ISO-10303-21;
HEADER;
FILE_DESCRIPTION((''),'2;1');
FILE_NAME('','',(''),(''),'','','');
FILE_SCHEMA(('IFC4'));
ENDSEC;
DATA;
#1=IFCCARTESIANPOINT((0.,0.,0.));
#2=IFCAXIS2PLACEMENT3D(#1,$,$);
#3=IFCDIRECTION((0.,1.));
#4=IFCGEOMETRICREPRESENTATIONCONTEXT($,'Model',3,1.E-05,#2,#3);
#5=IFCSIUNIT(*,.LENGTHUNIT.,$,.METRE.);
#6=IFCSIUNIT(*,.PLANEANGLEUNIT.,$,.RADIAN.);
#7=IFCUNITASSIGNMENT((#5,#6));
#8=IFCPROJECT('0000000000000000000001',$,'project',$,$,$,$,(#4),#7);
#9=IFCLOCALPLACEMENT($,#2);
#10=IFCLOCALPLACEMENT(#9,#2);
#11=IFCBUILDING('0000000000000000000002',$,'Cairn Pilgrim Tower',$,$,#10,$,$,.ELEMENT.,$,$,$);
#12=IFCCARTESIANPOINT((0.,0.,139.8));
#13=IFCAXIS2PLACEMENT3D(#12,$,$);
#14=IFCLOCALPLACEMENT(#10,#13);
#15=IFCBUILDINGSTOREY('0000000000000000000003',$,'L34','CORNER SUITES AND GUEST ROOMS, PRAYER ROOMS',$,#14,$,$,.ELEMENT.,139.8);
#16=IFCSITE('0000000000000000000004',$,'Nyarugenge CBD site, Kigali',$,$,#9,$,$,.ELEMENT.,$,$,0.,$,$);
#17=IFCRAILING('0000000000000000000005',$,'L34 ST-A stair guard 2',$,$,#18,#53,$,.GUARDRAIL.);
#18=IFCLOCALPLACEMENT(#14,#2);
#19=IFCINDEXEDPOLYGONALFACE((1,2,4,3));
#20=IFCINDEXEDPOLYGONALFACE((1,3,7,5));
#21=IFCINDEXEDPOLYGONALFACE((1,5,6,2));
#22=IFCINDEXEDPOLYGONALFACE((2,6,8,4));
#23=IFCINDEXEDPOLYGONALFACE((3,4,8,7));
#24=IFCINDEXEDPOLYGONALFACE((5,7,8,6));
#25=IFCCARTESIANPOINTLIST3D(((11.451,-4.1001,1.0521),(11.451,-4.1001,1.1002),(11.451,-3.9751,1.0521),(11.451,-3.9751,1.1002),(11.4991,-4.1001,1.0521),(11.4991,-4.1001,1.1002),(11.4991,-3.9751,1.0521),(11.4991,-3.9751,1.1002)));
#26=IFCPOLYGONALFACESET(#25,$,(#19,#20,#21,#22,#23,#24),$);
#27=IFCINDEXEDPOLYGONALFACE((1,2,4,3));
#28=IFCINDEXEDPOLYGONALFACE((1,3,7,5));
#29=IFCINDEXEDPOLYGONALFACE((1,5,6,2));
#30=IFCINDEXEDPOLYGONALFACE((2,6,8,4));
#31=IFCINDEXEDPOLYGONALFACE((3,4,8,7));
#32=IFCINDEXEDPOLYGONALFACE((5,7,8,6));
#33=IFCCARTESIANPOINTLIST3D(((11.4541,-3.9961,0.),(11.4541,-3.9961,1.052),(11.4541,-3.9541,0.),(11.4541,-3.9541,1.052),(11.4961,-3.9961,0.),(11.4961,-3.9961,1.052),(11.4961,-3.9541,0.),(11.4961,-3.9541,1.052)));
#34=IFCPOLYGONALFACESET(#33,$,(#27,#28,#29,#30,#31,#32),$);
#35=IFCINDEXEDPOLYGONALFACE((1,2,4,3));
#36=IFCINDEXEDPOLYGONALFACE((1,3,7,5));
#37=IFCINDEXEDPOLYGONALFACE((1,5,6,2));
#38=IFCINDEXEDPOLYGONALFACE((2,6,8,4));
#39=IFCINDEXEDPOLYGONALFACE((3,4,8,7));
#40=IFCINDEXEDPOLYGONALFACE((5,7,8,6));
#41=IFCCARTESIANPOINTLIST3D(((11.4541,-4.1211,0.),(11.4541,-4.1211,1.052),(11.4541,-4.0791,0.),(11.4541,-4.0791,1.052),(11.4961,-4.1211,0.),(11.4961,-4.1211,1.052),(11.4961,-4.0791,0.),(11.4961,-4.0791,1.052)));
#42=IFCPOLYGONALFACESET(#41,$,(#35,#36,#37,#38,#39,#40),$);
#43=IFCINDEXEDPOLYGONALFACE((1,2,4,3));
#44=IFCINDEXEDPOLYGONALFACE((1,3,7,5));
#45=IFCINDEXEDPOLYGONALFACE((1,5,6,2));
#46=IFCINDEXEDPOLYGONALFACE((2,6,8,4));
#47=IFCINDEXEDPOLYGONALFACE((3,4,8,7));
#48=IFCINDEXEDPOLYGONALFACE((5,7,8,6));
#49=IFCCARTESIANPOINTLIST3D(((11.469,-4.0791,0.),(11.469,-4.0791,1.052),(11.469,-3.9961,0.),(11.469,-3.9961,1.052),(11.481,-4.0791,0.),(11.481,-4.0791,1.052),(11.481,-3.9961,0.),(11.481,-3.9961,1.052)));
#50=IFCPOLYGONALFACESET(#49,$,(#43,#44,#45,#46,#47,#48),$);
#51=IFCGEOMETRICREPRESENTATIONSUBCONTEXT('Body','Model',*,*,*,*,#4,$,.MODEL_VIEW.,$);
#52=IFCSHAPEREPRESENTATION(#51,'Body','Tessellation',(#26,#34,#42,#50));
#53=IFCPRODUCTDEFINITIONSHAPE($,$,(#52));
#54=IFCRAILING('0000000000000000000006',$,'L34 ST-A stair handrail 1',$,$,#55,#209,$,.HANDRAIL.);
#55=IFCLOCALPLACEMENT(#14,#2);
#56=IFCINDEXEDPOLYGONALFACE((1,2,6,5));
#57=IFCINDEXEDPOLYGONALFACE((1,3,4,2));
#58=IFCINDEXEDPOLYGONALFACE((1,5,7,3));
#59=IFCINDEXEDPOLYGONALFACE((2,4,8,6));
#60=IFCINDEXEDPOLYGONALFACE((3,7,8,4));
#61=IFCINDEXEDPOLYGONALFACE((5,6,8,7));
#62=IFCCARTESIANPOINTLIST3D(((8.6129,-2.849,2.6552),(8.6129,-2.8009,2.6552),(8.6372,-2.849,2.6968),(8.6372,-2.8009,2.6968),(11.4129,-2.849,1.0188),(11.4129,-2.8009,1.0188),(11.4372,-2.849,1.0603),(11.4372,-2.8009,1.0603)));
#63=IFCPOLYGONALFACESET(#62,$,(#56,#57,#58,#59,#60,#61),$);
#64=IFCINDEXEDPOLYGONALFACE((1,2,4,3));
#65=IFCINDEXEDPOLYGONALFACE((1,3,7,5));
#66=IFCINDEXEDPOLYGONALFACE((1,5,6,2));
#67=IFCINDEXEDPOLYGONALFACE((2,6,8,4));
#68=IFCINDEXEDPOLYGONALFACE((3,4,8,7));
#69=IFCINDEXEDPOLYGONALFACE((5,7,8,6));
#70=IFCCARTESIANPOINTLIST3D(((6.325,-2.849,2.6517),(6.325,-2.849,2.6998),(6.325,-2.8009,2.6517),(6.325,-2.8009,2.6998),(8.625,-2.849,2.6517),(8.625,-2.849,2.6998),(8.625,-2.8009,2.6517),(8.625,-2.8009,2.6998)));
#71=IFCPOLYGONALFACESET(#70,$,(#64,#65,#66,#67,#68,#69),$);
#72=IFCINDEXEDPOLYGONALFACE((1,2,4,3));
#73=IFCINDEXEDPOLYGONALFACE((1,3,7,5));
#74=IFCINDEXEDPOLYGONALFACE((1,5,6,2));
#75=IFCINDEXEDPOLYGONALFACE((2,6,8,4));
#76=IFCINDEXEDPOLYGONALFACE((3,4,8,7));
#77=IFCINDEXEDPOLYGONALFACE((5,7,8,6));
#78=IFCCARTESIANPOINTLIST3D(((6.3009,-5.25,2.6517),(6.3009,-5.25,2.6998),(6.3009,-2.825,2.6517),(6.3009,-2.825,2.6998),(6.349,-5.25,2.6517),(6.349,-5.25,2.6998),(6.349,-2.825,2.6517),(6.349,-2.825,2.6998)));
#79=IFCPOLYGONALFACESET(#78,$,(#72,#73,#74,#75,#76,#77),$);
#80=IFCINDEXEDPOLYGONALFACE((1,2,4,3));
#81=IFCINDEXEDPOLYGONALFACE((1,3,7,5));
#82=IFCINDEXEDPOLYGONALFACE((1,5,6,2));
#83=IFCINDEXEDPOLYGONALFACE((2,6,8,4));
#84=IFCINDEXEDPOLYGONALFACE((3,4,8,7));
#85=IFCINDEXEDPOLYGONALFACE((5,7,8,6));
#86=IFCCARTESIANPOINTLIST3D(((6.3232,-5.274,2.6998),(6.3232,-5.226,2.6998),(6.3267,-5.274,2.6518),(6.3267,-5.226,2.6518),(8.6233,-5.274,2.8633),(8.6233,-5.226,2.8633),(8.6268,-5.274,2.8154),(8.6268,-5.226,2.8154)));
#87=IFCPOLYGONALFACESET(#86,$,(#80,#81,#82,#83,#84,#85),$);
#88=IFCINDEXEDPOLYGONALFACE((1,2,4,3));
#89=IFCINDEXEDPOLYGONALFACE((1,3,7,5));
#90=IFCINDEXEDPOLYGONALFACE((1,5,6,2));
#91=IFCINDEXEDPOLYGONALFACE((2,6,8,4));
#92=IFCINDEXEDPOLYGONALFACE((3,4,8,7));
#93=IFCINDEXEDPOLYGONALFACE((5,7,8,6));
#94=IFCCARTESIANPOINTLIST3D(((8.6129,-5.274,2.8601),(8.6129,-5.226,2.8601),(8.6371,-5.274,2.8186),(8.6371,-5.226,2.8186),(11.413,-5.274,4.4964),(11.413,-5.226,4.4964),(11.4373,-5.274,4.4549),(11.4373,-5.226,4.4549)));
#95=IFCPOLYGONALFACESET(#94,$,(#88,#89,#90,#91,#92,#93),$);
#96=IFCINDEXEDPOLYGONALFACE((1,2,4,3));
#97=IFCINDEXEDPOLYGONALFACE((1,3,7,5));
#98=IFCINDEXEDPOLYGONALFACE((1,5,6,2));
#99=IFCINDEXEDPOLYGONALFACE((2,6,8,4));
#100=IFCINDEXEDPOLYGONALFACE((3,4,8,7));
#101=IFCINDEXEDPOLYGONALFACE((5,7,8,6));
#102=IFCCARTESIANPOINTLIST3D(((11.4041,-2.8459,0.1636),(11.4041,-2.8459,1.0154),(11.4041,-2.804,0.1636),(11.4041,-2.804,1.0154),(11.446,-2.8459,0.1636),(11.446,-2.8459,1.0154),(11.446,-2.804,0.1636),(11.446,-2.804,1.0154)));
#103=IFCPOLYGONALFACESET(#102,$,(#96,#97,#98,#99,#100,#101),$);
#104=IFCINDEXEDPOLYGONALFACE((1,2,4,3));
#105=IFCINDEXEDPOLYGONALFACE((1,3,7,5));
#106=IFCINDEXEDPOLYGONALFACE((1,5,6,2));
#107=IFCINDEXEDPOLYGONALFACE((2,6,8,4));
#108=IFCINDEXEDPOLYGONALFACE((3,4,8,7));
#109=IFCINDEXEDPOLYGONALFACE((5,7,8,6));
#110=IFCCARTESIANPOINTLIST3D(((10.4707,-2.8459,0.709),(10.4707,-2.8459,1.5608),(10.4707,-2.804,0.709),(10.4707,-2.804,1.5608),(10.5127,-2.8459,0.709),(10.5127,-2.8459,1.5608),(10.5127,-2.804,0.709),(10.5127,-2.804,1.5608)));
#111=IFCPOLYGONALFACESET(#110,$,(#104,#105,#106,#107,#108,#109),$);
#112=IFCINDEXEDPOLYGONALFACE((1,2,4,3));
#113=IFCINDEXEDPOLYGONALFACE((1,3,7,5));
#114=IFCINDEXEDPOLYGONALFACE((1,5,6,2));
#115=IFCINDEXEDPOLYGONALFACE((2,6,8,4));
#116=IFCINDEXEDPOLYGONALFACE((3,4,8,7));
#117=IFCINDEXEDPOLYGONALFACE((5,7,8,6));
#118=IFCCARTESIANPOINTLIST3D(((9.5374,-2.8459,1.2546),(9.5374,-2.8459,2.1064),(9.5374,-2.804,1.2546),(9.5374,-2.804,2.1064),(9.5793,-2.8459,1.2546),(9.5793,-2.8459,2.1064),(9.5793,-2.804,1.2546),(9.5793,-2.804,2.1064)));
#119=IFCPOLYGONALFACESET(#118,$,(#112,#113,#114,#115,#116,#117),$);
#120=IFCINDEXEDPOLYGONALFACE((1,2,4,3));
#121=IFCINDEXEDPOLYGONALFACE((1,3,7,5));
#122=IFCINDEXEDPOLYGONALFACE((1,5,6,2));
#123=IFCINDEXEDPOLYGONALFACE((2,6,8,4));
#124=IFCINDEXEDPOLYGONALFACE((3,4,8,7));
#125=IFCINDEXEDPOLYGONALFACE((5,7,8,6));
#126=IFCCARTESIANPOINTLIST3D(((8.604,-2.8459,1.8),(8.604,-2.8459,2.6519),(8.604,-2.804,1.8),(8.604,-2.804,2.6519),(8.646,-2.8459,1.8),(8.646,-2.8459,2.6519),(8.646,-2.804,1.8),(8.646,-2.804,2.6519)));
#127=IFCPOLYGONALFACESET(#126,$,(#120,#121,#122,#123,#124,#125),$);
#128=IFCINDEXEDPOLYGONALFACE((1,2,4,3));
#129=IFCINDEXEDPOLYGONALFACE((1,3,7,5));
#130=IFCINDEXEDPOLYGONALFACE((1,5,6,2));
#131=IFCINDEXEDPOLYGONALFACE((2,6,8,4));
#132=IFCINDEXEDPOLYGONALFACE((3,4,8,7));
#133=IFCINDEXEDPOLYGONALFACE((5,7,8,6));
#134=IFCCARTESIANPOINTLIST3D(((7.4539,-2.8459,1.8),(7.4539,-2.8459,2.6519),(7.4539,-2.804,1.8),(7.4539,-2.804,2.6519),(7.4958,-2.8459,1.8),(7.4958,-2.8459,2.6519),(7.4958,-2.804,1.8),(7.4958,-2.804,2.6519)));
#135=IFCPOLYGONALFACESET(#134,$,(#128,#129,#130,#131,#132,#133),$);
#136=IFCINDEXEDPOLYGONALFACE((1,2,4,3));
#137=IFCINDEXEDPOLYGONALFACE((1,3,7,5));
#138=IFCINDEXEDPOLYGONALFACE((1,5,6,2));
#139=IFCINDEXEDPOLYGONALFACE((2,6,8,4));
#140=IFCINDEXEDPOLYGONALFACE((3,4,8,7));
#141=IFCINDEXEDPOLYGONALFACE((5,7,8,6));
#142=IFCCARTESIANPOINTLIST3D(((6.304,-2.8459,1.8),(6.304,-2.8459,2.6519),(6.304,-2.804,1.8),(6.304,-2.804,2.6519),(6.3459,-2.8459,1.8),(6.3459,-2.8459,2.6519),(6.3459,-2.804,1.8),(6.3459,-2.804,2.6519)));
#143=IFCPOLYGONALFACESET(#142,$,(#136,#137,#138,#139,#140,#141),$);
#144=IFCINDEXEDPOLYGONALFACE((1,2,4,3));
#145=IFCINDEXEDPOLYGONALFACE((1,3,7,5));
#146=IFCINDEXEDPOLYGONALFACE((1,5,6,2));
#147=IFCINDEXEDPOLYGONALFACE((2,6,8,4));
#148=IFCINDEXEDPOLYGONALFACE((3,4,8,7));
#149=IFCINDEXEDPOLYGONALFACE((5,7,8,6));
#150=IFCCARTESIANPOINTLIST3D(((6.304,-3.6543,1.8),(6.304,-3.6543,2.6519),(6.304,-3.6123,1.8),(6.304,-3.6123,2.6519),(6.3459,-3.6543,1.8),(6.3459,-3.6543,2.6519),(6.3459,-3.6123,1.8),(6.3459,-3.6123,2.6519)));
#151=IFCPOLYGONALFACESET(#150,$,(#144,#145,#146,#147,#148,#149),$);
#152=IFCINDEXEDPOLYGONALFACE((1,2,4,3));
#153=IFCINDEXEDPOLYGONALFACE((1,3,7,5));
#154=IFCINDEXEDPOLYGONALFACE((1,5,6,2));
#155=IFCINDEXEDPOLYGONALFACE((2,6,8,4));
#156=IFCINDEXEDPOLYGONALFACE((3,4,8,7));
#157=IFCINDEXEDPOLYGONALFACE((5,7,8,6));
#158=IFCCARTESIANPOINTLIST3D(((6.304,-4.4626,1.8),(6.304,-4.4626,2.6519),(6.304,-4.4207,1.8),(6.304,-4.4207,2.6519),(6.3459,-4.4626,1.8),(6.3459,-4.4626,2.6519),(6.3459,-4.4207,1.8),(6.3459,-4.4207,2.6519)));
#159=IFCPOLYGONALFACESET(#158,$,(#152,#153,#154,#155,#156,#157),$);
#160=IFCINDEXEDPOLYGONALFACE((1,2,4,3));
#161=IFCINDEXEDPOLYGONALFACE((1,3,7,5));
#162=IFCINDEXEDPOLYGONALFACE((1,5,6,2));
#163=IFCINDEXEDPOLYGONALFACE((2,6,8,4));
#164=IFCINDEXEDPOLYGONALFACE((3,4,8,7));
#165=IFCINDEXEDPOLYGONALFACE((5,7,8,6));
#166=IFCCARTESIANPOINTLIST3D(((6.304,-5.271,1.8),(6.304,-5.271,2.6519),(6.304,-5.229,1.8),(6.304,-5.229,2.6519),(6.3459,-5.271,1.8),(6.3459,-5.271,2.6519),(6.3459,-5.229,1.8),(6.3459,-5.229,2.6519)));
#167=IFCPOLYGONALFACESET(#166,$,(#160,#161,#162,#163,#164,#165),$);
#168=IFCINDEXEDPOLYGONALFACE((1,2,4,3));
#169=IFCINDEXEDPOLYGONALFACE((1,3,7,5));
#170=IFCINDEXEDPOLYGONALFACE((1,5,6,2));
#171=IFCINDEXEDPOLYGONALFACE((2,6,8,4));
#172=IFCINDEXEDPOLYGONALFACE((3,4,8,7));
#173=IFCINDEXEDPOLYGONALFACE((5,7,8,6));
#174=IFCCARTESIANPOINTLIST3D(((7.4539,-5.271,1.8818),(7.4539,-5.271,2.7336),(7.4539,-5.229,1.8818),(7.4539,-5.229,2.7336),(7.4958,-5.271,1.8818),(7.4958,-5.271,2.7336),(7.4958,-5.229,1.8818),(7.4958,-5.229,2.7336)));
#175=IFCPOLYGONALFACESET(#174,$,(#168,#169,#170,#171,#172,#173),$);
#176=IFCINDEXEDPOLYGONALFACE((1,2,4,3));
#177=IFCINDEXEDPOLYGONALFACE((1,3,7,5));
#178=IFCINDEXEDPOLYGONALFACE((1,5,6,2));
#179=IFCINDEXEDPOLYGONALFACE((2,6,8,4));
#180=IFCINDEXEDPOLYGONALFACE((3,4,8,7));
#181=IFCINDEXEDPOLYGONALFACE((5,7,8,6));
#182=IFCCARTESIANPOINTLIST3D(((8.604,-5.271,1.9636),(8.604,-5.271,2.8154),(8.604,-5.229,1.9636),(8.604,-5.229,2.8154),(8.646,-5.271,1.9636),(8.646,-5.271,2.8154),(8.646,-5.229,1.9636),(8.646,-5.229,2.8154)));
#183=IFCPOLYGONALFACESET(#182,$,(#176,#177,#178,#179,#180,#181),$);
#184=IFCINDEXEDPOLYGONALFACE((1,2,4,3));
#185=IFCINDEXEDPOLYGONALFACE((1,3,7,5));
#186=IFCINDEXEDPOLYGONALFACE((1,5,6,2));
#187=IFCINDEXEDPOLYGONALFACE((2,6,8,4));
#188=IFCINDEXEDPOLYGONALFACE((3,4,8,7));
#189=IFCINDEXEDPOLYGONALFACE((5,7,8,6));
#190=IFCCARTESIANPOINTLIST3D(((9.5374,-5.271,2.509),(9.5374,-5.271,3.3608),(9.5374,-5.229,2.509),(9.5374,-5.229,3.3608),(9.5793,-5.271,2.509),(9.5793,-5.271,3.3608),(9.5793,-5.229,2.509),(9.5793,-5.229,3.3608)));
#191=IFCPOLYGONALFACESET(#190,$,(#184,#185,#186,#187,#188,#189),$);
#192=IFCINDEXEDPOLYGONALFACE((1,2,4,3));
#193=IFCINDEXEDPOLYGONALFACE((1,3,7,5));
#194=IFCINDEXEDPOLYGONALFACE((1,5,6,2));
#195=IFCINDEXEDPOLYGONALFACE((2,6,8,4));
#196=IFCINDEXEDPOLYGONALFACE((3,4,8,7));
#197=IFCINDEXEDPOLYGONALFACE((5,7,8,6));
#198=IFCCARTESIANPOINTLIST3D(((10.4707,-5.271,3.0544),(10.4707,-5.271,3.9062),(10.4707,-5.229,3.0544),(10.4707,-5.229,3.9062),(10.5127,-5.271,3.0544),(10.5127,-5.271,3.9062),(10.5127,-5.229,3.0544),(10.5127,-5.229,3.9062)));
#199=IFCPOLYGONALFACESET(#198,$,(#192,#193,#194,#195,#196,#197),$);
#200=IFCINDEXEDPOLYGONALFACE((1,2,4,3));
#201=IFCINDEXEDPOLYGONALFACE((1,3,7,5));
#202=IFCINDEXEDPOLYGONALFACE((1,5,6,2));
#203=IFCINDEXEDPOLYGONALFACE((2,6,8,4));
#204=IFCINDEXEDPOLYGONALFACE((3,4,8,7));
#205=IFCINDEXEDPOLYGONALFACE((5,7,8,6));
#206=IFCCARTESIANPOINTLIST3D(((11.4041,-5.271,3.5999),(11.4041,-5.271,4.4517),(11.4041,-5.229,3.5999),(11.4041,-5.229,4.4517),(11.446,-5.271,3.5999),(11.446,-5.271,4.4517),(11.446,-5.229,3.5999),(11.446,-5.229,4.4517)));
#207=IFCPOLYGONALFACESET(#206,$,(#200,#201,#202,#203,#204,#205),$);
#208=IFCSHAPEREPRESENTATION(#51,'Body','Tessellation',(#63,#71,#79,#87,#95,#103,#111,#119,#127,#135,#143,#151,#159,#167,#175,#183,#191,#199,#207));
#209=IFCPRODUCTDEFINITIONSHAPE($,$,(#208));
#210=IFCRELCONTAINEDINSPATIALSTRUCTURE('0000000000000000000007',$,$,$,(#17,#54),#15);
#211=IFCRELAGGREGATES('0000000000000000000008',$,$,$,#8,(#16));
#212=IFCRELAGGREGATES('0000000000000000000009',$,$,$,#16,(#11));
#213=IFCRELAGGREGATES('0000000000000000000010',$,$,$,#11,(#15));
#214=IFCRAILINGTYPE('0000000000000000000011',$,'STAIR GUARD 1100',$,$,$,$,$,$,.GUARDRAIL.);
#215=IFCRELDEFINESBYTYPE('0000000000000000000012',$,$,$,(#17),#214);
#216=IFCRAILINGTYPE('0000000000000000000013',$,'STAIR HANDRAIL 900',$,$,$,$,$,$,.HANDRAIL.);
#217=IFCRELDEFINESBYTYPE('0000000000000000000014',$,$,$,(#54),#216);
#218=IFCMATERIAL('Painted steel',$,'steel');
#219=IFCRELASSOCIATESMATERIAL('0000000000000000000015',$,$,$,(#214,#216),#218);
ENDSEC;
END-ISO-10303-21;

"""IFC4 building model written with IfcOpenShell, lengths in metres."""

from ifc_helpers import new_model, si_unit, direction, frame, origin, origin_2d, place, context, subcontext, project, spatial, polyline, rectangle, outline, extrude, material, type_object, element, save


model = new_model("IFC4")

# Units and contexts
model_context = context("Model", 3, precision=1e-05, world=origin(), true_north=direction((0.0, 1.0)))
body_context = subcontext(model_context, "Body", "Model", "MODEL_VIEW")
ifc_project = project(units=[si_unit("LENGTHUNIT", "METRE"), si_unit("PLANEANGLEUNIT", "RADIAN")], contexts=[model_context])

# Site, building, storey
site_placement = place(None, origin())
site = spatial("IfcSite", under=ifc_project, at=site_placement, Name="Nyarugenge CBD site, Kigali", CompositionType="ELEMENT", RefElevation=0.0)
building_placement = place(site_placement, origin())
building = spatial("IfcBuilding", under=site, at=building_placement, Name="Cairn Pilgrim Tower", CompositionType="ELEMENT")
storey_placement = place(building_placement, frame((0.0, 0.0, 139.8)))
storey = spatial("IfcBuildingStorey", under=building, at=storey_placement, Name="L34", Description="CORNER SUITES AND GUEST ROOMS, PRAYER ROOMS", CompositionType="ELEMENT", Elevation=139.8)

# Railings
ifc_material_1 = material(Name="Painted steel", Category="steel")
railing_type_1 = type_object("IfcRailingType", Name="STAIR GUARD 1100", PredefinedType="GUARDRAIL", material=ifc_material_1)
railing_1_placement = place(storey_placement, frame((11.4751, -3.9751, 0.0)))
element("IfcRailing", 1, at=railing_1_placement, inside=storey, type_object=railing_type_1, Name="L34 ST-A stair guard 2", PredefinedType="GUARDRAIL", context=body_context, shape_type="SweptSolid", body=[
    extrude(rectangle(XDim=0.0481, YDim=0.0481, at=origin_2d()), frame((0.0, 0.0, 1.0762), z_axis=(0.0, -1.0, 0.0), x_axis=(1.0, 0.0, 0.0)), (0.0, 0.0, 1.0), 0.125),
    extrude(rectangle(XDim=0.042, YDim=0.042, at=origin_2d()), origin(), (0.0, 0.0, 1.0), 1.052),
    extrude(rectangle(XDim=0.042, YDim=0.042, at=origin_2d()), frame((0.0, -0.125, 0.0)), (0.0, 0.0, 1.0), 1.052),
    extrude(outline(polyline([(0.021, 0.0), (0.104, 0.0), (0.104, 1.052), (0.021, 1.052), (0.021, 0.0)])), frame((0.0059, 0.0, 0.0), z_axis=(-1.0, 0.0, 0.0), x_axis=(0.0, -1.0, 0.0)), (0.0, 0.0, 1.0), 0.012),
])
railing_type_2 = type_object("IfcRailingType", Name="STAIR HANDRAIL 900", PredefinedType="HANDRAIL", material=ifc_material_1)
railing_2_placement = place(storey_placement, frame((11.425, -2.825, 0.1636)))
element("IfcRailing", 2, at=railing_2_placement, inside=storey, type_object=railing_type_2, Name="L34 ST-A stair handrail 1", PredefinedType="HANDRAIL", context=body_context, shape_type="SweptSolid", body=[
    extrude(rectangle(XDim=0.0481, YDim=0.0481, at=origin_2d()), frame((0.0, 0.0, 0.876), z_axis=(-0.863361, 0.0, 0.504587), x_axis=(0.0, -1.0, 0.0)), (0.0, 0.0, 1.0), 3.2432),
    extrude(rectangle(XDim=0.0481, YDim=0.0481, at=origin_2d()), frame((-2.8, 0.0, 2.5122), z_axis=(-1.0, 0.0, 0.0), x_axis=(0.0, -1.0, 0.0)), (0.0, 0.0, 1.0), 2.3),
    extrude(rectangle(XDim=0.0481, YDim=0.0481, at=origin_2d()), frame((-5.1001, 0.0, 2.5122), z_axis=(0.0, -1.0, 0.0), x_axis=(1.0, 0.0, 0.0)), (0.0, 0.0, 1.0), 2.425),
    extrude(rectangle(XDim=0.0481, YDim=0.0481, at=origin_2d()), frame((-5.1001, -2.425, 2.5122), z_axis=(0.997481, 0.0, 0.070939), x_axis=(0.0, 1.0, 0.0)), (0.0, 0.0, 1.0), 2.3059),
    extrude(rectangle(XDim=0.0481, YDim=0.0481, at=origin_2d()), frame((-2.8, -2.425, 2.6758), z_axis=(0.863394, 0.0, 0.504531), x_axis=(0.0, 1.0, 0.0)), (0.0, 0.0, 1.0), 3.2432),
    extrude(rectangle(XDim=0.042, YDim=0.042, at=origin_2d()), origin(), (0.0, 0.0, 1.0), 0.8518),
    extrude(rectangle(XDim=0.042, YDim=0.042, at=origin_2d()), frame((-0.9333, 0.0, 0.5454)), (0.0, 0.0, 1.0), 0.8518),
    extrude(rectangle(XDim=0.042, YDim=0.042, at=origin_2d()), frame((-1.8667, 0.0, 1.0911)), (0.0, 0.0, 1.0), 0.8518),
    extrude(rectangle(XDim=0.042, YDim=0.042, at=origin_2d()), frame((-2.8, 0.0, 1.6365)), (0.0, 0.0, 1.0), 0.8518),
    extrude(rectangle(XDim=0.042, YDim=0.042, at=origin_2d()), frame((-3.9502, 0.0, 1.6365)), (0.0, 0.0, 1.0), 0.8518),
    extrude(rectangle(XDim=0.042, YDim=0.042, at=origin_2d()), frame((-5.1001, 0.0, 1.6365)), (0.0, 0.0, 1.0), 0.8518),
    extrude(rectangle(XDim=0.042, YDim=0.042, at=origin_2d()), frame((-5.1001, -0.8083, 1.6365)), (0.0, 0.0, 1.0), 0.8518),
    extrude(rectangle(XDim=0.042, YDim=0.042, at=origin_2d()), frame((-5.1001, -1.6167, 1.6365)), (0.0, 0.0, 1.0), 0.8518),
    extrude(rectangle(XDim=0.042, YDim=0.042, at=origin_2d()), frame((-5.1001, -2.425, 1.6365)), (0.0, 0.0, 1.0), 0.8518),
    extrude(rectangle(XDim=0.042, YDim=0.042, at=origin_2d()), frame((-3.9502, -2.425, 1.7183)), (0.0, 0.0, 1.0), 0.8518),
    extrude(rectangle(XDim=0.042, YDim=0.042, at=origin_2d()), frame((-2.8, -2.425, 1.8)), (0.0, 0.0, 1.0), 0.8518),
    extrude(rectangle(XDim=0.042, YDim=0.042, at=origin_2d()), frame((-1.8667, -2.425, 2.3455)), (0.0, 0.0, 1.0), 0.8518),
    extrude(rectangle(XDim=0.042, YDim=0.042, at=origin_2d()), frame((-0.9333, -2.425, 2.8909)), (0.0, 0.0, 1.0), 0.8518),
    extrude(rectangle(XDim=0.042, YDim=0.042, at=origin_2d()), frame((0.0, -2.425, 3.4363)), (0.0, 0.0, 1.0), 0.8518),
])

save(model, "model.ifc")
